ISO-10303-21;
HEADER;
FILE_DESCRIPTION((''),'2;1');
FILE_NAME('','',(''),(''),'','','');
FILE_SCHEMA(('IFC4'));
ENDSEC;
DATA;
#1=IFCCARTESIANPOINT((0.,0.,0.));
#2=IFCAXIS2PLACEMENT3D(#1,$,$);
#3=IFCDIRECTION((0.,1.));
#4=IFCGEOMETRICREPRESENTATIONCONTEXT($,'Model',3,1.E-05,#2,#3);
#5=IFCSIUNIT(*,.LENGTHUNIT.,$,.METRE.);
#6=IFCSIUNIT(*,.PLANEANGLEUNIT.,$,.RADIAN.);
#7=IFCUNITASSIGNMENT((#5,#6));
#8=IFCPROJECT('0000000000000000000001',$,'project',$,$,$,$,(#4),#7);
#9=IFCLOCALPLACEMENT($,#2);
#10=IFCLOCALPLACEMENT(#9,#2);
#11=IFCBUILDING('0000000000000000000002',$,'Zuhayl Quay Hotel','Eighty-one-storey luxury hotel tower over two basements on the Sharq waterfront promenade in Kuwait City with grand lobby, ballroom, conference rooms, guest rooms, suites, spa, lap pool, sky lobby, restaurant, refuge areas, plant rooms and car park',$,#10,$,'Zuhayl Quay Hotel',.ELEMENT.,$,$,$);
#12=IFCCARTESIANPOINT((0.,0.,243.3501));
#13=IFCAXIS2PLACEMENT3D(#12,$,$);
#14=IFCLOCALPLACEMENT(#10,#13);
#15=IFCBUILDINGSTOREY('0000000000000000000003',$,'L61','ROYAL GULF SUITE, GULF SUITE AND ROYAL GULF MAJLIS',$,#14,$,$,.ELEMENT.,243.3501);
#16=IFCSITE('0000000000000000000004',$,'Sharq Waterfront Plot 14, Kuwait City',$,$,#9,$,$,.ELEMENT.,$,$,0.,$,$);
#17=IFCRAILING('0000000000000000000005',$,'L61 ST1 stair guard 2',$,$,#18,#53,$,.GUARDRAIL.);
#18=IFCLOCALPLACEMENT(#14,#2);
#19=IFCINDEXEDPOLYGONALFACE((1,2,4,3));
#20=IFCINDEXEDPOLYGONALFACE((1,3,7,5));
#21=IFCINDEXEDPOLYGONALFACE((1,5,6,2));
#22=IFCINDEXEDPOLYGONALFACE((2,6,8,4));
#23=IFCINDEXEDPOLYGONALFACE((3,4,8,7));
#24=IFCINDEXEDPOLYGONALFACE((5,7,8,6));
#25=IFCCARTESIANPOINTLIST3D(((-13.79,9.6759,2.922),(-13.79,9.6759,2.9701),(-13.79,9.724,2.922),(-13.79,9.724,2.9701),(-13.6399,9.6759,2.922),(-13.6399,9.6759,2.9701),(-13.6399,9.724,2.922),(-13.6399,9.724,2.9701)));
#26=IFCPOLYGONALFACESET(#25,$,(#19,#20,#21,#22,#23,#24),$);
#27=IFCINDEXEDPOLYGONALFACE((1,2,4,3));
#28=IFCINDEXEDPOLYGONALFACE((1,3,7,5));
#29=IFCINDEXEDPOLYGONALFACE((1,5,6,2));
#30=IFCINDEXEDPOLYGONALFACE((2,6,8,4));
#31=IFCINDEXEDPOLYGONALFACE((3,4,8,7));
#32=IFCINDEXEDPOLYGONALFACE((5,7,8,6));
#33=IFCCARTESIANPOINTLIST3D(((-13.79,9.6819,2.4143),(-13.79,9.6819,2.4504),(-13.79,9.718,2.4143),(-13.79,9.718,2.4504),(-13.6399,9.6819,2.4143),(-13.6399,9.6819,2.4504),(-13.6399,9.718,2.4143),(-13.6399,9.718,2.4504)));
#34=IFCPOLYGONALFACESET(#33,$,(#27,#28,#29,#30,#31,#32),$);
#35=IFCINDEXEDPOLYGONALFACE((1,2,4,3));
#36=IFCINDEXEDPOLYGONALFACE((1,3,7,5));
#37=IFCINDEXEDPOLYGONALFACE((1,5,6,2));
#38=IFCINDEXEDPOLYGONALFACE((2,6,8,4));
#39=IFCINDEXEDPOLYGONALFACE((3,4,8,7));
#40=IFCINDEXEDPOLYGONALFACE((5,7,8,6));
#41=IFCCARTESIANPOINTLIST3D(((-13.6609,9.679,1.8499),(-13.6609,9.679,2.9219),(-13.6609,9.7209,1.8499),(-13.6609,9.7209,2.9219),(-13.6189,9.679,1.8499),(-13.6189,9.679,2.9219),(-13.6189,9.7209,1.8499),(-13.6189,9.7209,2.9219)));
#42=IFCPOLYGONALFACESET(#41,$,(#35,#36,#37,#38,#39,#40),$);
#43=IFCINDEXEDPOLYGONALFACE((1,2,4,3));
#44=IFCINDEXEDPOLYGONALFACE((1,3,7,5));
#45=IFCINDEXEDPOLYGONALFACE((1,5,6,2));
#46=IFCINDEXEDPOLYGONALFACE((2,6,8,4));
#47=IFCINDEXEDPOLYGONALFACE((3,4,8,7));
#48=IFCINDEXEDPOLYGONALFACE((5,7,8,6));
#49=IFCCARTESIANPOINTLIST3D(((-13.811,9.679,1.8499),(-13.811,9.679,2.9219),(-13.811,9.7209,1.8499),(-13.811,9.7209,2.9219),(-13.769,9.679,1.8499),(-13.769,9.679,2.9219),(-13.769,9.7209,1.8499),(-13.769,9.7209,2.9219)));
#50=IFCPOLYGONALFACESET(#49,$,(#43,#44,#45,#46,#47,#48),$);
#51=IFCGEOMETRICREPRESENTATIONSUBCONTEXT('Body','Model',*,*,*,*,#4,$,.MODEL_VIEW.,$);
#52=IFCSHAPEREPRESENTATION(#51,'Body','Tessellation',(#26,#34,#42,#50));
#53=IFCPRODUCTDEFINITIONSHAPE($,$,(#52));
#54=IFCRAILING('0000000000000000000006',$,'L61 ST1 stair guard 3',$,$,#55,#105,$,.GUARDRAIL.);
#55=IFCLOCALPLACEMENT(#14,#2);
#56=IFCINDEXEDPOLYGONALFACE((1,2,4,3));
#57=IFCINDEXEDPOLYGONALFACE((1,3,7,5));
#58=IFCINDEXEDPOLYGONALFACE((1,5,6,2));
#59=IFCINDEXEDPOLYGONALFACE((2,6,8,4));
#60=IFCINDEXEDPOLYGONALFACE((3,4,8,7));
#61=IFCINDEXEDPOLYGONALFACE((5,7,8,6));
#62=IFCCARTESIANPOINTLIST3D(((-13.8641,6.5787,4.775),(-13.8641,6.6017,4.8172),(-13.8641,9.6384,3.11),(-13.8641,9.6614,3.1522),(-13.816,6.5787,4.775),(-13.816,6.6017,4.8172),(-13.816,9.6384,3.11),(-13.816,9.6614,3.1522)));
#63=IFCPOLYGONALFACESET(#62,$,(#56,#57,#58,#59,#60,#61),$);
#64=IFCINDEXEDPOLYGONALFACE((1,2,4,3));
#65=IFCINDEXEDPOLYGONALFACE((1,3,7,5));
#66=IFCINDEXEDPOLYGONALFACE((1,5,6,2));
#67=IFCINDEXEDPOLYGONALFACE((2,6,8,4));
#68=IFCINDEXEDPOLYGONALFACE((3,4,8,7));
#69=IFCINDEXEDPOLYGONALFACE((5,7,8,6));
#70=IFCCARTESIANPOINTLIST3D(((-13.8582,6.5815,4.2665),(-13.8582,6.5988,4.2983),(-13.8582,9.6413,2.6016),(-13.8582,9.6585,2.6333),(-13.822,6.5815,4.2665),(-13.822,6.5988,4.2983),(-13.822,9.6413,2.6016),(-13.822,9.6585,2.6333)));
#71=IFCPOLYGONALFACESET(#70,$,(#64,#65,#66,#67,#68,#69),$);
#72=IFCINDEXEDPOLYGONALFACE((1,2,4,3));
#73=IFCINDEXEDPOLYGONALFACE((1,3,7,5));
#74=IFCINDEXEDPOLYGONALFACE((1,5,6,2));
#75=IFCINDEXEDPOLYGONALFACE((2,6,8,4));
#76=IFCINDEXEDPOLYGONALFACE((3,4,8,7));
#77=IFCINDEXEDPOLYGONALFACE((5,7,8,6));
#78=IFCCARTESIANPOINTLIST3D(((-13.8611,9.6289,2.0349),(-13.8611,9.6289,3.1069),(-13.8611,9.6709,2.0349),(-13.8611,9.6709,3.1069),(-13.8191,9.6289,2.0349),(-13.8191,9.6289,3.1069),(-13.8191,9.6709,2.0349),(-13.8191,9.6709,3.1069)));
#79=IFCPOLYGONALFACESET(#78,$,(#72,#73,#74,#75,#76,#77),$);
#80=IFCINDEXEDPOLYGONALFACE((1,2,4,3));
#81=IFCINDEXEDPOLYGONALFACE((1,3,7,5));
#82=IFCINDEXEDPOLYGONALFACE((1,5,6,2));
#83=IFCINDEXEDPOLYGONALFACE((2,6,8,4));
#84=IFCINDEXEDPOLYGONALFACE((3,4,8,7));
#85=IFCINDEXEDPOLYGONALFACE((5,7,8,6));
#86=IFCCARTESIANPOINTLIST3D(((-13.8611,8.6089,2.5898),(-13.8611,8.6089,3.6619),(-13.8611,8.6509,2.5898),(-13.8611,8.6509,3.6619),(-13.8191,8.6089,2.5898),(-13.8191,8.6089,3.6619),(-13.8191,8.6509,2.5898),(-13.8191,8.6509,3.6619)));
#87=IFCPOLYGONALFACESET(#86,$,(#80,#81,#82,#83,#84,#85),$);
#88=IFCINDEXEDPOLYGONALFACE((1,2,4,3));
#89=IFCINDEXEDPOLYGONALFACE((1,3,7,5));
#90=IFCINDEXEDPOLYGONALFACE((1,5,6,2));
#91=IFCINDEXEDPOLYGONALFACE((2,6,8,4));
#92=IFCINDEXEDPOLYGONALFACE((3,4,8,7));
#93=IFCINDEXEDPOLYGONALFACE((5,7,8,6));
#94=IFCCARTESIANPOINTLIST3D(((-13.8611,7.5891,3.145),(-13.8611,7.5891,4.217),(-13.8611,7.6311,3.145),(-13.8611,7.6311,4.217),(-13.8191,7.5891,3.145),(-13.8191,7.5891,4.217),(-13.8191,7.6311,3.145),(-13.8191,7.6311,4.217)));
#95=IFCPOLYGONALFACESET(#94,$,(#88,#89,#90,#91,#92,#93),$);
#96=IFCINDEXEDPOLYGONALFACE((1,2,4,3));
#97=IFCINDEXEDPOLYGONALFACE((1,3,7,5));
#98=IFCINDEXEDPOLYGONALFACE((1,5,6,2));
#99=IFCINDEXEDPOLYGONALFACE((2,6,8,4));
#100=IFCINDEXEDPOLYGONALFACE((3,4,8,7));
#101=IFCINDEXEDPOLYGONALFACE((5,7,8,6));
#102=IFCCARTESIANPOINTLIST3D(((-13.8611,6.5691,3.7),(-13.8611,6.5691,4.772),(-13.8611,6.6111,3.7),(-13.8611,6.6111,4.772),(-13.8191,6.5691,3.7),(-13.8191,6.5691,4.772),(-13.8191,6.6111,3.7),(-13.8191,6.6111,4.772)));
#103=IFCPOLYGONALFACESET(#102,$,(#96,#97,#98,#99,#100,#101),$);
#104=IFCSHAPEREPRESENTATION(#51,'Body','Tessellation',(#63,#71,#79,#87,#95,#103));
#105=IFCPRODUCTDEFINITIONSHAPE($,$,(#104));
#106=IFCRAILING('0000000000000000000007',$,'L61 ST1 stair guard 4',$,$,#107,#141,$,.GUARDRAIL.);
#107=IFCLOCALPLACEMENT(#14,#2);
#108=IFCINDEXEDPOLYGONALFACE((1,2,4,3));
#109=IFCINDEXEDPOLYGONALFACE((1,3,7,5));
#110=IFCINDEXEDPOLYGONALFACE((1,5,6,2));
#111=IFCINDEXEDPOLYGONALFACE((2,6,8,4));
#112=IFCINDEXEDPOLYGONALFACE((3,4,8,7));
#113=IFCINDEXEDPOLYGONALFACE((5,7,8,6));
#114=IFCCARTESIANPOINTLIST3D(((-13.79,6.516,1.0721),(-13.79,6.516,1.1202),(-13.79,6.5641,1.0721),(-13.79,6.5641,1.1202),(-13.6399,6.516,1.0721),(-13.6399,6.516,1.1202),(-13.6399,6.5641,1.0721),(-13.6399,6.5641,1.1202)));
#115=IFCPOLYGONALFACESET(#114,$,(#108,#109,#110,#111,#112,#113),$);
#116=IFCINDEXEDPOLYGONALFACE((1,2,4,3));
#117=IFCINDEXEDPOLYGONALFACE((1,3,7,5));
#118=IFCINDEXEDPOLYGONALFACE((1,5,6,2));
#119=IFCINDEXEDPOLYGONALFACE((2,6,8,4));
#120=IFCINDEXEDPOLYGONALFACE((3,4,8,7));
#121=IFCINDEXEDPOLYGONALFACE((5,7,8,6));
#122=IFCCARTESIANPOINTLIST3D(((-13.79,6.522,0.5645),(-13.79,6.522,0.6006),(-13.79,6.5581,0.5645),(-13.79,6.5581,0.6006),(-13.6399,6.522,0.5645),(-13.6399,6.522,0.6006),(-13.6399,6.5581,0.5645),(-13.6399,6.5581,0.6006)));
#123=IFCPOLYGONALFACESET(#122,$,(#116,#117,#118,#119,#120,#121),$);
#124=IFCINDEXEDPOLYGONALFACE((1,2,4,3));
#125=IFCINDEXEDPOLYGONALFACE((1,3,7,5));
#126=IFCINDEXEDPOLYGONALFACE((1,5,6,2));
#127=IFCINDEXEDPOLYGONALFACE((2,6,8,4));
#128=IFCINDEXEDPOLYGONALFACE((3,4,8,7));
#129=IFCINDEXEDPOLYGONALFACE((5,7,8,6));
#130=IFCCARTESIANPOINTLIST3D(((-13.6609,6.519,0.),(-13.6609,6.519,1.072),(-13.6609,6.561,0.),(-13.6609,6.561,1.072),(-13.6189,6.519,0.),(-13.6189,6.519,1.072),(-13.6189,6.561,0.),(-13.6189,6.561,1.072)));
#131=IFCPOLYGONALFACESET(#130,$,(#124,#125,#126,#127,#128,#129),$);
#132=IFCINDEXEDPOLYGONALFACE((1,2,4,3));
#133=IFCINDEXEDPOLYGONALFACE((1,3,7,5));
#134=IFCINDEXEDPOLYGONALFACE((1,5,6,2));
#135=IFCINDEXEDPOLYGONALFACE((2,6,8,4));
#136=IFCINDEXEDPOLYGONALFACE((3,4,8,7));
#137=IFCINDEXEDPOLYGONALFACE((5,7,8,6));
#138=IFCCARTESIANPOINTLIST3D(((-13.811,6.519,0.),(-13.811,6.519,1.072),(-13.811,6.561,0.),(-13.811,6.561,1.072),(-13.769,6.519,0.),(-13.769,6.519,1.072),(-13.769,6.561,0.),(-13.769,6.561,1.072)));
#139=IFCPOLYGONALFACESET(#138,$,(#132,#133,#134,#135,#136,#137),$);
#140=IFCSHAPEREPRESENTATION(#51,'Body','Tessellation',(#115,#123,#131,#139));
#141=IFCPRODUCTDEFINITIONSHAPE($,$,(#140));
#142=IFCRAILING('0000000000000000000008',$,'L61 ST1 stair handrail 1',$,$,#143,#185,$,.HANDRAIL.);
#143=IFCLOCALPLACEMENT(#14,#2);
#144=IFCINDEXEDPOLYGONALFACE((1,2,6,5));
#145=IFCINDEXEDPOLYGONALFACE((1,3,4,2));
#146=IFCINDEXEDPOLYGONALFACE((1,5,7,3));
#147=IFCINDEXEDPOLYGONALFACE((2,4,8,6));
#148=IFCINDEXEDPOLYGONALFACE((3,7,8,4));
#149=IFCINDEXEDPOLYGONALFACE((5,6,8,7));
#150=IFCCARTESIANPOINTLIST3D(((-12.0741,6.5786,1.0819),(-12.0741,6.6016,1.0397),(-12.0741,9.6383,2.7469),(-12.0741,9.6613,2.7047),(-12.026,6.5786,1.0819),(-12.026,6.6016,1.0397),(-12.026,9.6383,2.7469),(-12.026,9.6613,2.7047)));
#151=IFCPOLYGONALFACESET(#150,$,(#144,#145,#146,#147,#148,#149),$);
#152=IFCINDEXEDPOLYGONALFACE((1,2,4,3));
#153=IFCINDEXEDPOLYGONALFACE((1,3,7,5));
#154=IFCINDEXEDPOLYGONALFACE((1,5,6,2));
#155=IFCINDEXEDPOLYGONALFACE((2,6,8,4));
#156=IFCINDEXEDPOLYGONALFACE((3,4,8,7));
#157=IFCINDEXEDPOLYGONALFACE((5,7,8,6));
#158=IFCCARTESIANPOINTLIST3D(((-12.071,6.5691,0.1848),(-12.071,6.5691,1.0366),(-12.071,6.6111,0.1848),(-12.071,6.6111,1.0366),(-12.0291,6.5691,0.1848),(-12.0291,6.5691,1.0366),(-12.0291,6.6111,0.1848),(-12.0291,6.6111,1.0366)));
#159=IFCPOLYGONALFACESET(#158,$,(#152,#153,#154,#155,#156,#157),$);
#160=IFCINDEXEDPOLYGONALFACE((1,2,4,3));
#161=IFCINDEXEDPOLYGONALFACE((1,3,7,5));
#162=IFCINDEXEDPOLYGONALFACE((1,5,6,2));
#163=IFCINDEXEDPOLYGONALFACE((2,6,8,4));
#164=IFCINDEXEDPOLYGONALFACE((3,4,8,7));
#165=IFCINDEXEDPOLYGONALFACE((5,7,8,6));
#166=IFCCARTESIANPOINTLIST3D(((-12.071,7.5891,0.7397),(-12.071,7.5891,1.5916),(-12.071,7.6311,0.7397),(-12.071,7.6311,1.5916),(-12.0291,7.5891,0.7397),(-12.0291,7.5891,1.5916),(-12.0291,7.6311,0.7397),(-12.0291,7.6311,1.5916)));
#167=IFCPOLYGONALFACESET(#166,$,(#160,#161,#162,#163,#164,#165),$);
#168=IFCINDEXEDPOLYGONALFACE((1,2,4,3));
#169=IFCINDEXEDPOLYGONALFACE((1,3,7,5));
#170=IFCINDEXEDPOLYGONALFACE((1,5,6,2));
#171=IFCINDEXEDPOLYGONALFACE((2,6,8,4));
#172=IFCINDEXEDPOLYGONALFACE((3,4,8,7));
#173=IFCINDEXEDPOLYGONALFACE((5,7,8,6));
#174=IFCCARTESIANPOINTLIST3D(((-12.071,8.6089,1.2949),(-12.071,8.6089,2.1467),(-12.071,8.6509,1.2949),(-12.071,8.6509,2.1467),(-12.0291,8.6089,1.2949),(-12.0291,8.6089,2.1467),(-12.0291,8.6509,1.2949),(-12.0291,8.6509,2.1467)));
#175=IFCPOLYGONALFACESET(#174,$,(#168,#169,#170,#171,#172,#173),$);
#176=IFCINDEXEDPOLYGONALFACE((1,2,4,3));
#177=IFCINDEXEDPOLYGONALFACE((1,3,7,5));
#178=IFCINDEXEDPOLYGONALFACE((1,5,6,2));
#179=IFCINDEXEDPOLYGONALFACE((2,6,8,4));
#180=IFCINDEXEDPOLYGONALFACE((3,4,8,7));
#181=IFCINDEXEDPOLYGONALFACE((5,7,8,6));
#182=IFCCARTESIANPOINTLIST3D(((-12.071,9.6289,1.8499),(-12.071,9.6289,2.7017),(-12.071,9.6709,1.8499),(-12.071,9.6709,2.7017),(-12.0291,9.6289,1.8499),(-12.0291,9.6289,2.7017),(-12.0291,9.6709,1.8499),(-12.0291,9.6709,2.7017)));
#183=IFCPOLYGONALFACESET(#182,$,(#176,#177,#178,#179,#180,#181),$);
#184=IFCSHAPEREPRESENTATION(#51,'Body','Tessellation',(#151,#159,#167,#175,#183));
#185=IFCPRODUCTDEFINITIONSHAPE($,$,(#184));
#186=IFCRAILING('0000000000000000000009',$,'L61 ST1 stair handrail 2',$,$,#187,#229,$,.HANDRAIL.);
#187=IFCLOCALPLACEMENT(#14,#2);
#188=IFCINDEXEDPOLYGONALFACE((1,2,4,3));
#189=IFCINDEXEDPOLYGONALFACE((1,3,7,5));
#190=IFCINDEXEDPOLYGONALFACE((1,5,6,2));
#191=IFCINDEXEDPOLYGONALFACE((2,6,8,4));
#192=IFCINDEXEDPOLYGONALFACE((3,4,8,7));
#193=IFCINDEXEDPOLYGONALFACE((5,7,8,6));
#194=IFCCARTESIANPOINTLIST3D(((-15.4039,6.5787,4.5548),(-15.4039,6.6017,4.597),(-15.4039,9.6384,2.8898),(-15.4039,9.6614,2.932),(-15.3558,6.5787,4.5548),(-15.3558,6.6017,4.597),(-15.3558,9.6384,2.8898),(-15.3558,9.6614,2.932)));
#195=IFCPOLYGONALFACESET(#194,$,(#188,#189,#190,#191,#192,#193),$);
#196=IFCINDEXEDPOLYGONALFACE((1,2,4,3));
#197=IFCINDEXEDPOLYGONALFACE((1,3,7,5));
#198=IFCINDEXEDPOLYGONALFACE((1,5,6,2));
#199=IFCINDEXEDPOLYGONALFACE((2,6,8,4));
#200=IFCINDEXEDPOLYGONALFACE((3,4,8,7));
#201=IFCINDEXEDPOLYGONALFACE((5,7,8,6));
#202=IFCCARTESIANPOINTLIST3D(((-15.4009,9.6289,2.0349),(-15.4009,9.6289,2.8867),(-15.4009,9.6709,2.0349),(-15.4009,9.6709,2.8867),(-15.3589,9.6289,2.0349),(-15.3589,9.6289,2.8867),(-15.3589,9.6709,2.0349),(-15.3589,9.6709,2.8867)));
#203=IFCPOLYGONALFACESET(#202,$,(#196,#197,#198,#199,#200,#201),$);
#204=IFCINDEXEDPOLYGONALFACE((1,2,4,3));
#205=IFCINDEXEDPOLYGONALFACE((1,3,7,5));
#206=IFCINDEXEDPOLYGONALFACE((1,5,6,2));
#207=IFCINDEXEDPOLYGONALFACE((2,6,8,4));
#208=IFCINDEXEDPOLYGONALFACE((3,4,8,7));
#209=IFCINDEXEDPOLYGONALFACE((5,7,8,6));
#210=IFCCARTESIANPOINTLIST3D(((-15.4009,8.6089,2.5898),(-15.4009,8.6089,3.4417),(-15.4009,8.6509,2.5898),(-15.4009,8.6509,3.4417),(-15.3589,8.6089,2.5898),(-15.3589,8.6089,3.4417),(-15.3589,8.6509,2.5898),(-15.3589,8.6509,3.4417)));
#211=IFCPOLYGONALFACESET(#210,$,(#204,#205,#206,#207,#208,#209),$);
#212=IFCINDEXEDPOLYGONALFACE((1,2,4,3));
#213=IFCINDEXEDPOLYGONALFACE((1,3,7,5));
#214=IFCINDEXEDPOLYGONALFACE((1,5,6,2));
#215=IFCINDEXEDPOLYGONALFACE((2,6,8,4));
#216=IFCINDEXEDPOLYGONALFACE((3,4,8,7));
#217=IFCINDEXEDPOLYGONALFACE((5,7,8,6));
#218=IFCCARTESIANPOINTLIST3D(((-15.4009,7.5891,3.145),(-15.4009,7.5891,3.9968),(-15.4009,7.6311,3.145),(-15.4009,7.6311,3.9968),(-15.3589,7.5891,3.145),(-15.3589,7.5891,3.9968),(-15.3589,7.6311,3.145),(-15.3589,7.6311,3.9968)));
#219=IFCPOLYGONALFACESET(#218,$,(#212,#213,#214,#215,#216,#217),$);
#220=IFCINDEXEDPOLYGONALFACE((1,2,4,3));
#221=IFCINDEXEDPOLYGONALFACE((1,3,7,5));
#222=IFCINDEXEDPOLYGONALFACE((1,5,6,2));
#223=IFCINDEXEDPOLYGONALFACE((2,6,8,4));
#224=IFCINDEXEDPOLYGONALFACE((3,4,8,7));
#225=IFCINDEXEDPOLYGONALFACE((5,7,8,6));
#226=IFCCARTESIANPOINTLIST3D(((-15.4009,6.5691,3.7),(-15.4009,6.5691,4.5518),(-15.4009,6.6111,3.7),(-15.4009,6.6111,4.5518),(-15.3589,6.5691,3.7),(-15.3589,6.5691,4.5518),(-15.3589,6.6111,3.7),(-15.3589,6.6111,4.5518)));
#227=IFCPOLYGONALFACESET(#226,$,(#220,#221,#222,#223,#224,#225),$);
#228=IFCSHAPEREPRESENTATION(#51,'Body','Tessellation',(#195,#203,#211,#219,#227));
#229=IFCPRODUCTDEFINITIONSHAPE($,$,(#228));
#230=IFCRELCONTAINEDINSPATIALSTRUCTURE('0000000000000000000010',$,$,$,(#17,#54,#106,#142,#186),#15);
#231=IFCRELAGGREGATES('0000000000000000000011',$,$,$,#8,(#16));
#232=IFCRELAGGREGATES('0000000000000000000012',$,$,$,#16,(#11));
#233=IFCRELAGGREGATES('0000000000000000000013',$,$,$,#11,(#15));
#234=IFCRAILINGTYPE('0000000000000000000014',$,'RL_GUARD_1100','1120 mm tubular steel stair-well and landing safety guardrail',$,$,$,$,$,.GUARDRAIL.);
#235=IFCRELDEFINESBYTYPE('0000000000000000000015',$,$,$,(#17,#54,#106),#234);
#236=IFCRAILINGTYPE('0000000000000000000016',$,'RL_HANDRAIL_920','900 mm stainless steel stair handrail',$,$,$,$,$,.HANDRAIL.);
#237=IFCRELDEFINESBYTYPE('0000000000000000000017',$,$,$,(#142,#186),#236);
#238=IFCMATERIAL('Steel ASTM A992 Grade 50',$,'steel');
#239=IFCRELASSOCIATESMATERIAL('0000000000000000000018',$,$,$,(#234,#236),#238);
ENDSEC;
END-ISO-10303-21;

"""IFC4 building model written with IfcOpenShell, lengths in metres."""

from ifc_helpers import new_model, si_unit, direction, frame, origin, origin_2d, place, context, subcontext, project, spatial, rectangle, extrude, material, type_object, element, save


model = new_model("IFC4")

# Units and contexts
model_context = context("Model", 3, precision=1e-05, world=origin(), true_north=direction((0.0, 1.0)))
body_context = subcontext(model_context, "Body", "Model", "MODEL_VIEW")
ifc_project = project(units=[si_unit("LENGTHUNIT", "METRE"), si_unit("PLANEANGLEUNIT", "RADIAN")], contexts=[model_context])

# Site, building, storey
site_placement = place(None, origin())
site = spatial("IfcSite", under=ifc_project, at=site_placement, Name="Sharq Waterfront Plot 14, Kuwait City", CompositionType="ELEMENT", RefElevation=0.0)
building_placement = place(site_placement, origin())
building = spatial("IfcBuilding", under=site, at=building_placement, Name="Zuhayl Quay Hotel", Description="Eighty-one-storey luxury hotel tower over two basements on the Sharq waterfront promenade in Kuwait City with grand lobby, ballroom, conference rooms, guest rooms, suites, spa, lap pool, sky lobby, restaurant, refuge areas, plant rooms and car park", LongName="Zuhayl Quay Hotel", CompositionType="ELEMENT")
storey_placement = place(building_placement, frame((0.0, 0.0, 243.3501)))
storey = spatial("IfcBuildingStorey", under=building, at=storey_placement, Name="L61", Description="ROYAL GULF SUITE, GULF SUITE AND ROYAL GULF MAJLIS", CompositionType="ELEMENT", Elevation=243.3501)

# Shared definitions
ifc_material_1 = material(Name="Steel ASTM A992 Grade 50", Category="steel")

# Railings
railing_type_1 = type_object("IfcRailingType", Name="RL_GUARD_1100", Description="1120 mm tubular steel stair-well and landing safety guardrail", PredefinedType="GUARDRAIL", material=ifc_material_1)
railing_1_placement = place(storey_placement, frame((-13.6399, 9.7, 1.8499)))
element("IfcRailing", 1, at=railing_1_placement, inside=storey, type_object=railing_type_1, Name="L61 ST1 stair guard 2", PredefinedType="GUARDRAIL", context=body_context, shape_type="SweptSolid", body=[
    extrude(rectangle(XDim=0.0481, YDim=0.0481, at=origin_2d()), frame((0.0, 0.0, 1.0962), z_axis=(-1.0, 0.0, 0.0), x_axis=(0.0, -1.0, 0.0)), (0.0, 0.0, 1.0), 0.1501),
    extrude(rectangle(XDim=0.0361, YDim=0.0361, at=origin_2d()), frame((0.0, 0.0, 0.5825), z_axis=(-1.0, 0.0, 0.0), x_axis=(0.0, -1.0, 0.0)), (0.0, 0.0, 1.0), 0.1501),
    extrude(rectangle(XDim=0.042, YDim=0.042, at=origin_2d()), origin(), (0.0, 0.0, 1.0), 1.072),
    extrude(rectangle(XDim=0.042, YDim=0.042, at=origin_2d()), frame((-0.1501, 0.0, 0.0)), (0.0, 0.0, 1.0), 1.072),
])
railing_2_placement = place(storey_placement, frame((-13.8401, 9.6499, 2.0349)))
element("IfcRailing", 2, at=railing_2_placement, inside=storey, type_object=railing_type_1, Name="L61 ST1 stair guard 3", PredefinedType="GUARDRAIL", context=body_context, shape_type="SweptSolid", body=[
    extrude(rectangle(XDim=0.0481, YDim=0.0481, at=origin_2d()), frame((0.0, 0.0, 1.0962), z_axis=(0.0, -0.878372, 0.477978), x_axis=(1.0, 0.0, 0.0)), (0.0, 0.0, 1.0), 3.4834),
    extrude(rectangle(XDim=0.0361, YDim=0.0361, at=origin_2d()), frame((0.0, 0.0, 0.5825), z_axis=(0.0, -0.878372, 0.477978), x_axis=(1.0, 0.0, 0.0)), (0.0, 0.0, 1.0), 3.4834),
    extrude(rectangle(XDim=0.042, YDim=0.042, at=origin_2d()), origin(), (0.0, 0.0, 1.0), 1.072),
    extrude(rectangle(XDim=0.042, YDim=0.042, at=origin_2d()), frame((0.0, -1.02, 0.5549)), (0.0, 0.0, 1.0), 1.072),
    extrude(rectangle(XDim=0.042, YDim=0.042, at=origin_2d()), frame((0.0, -2.0398, 1.1101)), (0.0, 0.0, 1.0), 1.072),
    extrude(rectangle(XDim=0.042, YDim=0.042, at=origin_2d()), frame((0.0, -3.0598, 1.665)), (0.0, 0.0, 1.0), 1.072),
])
railing_3_placement = place(storey_placement, frame((-13.6399, 6.54, 0.0)))
element("IfcRailing", 3, at=railing_3_placement, inside=storey, type_object=railing_type_1, Name="L61 ST1 stair guard 4", PredefinedType="GUARDRAIL", context=body_context, shape_type="SweptSolid", body=[
    extrude(rectangle(XDim=0.0481, YDim=0.0481, at=origin_2d()), frame((0.0, 0.0, 1.0962), z_axis=(-1.0, 0.0, 0.0), x_axis=(0.0, -1.0, 0.0)), (0.0, 0.0, 1.0), 0.1501),
    extrude(rectangle(XDim=0.0361, YDim=0.0361, at=origin_2d()), frame((0.0, 0.0, 0.5825), z_axis=(-1.0, 0.0, 0.0), x_axis=(0.0, -1.0, 0.0)), (0.0, 0.0, 1.0), 0.1501),
    extrude(rectangle(XDim=0.042, YDim=0.042, at=origin_2d()), origin(), (0.0, 0.0, 1.0), 1.072),
    extrude(rectangle(XDim=0.042, YDim=0.042, at=origin_2d()), frame((-0.1501, 0.0, 0.0)), (0.0, 0.0, 1.0), 1.072),
])
railing_type_2 = type_object("IfcRailingType", Name="RL_HANDRAIL_920", Description="900 mm stainless steel stair handrail", PredefinedType="HANDRAIL", material=ifc_material_1)
railing_4_placement = place(storey_placement, frame((-12.05, 6.5901, 0.1848)))
element("IfcRailing", 4, at=railing_4_placement, inside=storey, type_object=railing_type_2, Name="L61 ST1 stair handrail 1", PredefinedType="HANDRAIL", context=body_context, shape_type="SweptSolid", body=[
    extrude(rectangle(XDim=0.0481, YDim=0.0481, at=origin_2d()), frame((0.0, 0.0, 0.876), z_axis=(0.0, 0.878372, 0.477978), x_axis=(-1.0, 0.0, 0.0)), (0.0, 0.0, 1.0), 3.4834),
    extrude(rectangle(XDim=0.042, YDim=0.042, at=origin_2d()), origin(), (0.0, 0.0, 1.0), 0.8518),
    extrude(rectangle(XDim=0.042, YDim=0.042, at=origin_2d()), frame((0.0, 1.02, 0.5549)), (0.0, 0.0, 1.0), 0.8518),
    extrude(rectangle(XDim=0.042, YDim=0.042, at=origin_2d()), frame((0.0, 2.0398, 1.1101)), (0.0, 0.0, 1.0), 0.8518),
    extrude(rectangle(XDim=0.042, YDim=0.042, at=origin_2d()), frame((0.0, 3.0598, 1.665)), (0.0, 0.0, 1.0), 0.8518),
])
railing_5_placement = place(storey_placement, frame((-15.3799, 9.6499, 2.0349)))
element("IfcRailing", 5, at=railing_5_placement, inside=storey, type_object=railing_type_2, Name="L61 ST1 stair handrail 2", PredefinedType="HANDRAIL", context=body_context, shape_type="SweptSolid", body=[
    extrude(rectangle(XDim=0.0481, YDim=0.0481, at=origin_2d()), frame((0.0, 0.0, 0.876), z_axis=(0.0, -0.878372, 0.477978), x_axis=(1.0, 0.0, 0.0)), (0.0, 0.0, 1.0), 3.4834),
    extrude(rectangle(XDim=0.042, YDim=0.042, at=origin_2d()), origin(), (0.0, 0.0, 1.0), 0.8518),
    extrude(rectangle(XDim=0.042, YDim=0.042, at=origin_2d()), frame((0.0, -1.02, 0.5549)), (0.0, 0.0, 1.0), 0.8518),
    extrude(rectangle(XDim=0.042, YDim=0.042, at=origin_2d()), frame((0.0, -2.0398, 1.1101)), (0.0, 0.0, 1.0), 0.8518),
    extrude(rectangle(XDim=0.042, YDim=0.042, at=origin_2d()), frame((0.0, -3.0598, 1.665)), (0.0, 0.0, 1.0), 0.8518),
])

save(model, "model.ifc")
